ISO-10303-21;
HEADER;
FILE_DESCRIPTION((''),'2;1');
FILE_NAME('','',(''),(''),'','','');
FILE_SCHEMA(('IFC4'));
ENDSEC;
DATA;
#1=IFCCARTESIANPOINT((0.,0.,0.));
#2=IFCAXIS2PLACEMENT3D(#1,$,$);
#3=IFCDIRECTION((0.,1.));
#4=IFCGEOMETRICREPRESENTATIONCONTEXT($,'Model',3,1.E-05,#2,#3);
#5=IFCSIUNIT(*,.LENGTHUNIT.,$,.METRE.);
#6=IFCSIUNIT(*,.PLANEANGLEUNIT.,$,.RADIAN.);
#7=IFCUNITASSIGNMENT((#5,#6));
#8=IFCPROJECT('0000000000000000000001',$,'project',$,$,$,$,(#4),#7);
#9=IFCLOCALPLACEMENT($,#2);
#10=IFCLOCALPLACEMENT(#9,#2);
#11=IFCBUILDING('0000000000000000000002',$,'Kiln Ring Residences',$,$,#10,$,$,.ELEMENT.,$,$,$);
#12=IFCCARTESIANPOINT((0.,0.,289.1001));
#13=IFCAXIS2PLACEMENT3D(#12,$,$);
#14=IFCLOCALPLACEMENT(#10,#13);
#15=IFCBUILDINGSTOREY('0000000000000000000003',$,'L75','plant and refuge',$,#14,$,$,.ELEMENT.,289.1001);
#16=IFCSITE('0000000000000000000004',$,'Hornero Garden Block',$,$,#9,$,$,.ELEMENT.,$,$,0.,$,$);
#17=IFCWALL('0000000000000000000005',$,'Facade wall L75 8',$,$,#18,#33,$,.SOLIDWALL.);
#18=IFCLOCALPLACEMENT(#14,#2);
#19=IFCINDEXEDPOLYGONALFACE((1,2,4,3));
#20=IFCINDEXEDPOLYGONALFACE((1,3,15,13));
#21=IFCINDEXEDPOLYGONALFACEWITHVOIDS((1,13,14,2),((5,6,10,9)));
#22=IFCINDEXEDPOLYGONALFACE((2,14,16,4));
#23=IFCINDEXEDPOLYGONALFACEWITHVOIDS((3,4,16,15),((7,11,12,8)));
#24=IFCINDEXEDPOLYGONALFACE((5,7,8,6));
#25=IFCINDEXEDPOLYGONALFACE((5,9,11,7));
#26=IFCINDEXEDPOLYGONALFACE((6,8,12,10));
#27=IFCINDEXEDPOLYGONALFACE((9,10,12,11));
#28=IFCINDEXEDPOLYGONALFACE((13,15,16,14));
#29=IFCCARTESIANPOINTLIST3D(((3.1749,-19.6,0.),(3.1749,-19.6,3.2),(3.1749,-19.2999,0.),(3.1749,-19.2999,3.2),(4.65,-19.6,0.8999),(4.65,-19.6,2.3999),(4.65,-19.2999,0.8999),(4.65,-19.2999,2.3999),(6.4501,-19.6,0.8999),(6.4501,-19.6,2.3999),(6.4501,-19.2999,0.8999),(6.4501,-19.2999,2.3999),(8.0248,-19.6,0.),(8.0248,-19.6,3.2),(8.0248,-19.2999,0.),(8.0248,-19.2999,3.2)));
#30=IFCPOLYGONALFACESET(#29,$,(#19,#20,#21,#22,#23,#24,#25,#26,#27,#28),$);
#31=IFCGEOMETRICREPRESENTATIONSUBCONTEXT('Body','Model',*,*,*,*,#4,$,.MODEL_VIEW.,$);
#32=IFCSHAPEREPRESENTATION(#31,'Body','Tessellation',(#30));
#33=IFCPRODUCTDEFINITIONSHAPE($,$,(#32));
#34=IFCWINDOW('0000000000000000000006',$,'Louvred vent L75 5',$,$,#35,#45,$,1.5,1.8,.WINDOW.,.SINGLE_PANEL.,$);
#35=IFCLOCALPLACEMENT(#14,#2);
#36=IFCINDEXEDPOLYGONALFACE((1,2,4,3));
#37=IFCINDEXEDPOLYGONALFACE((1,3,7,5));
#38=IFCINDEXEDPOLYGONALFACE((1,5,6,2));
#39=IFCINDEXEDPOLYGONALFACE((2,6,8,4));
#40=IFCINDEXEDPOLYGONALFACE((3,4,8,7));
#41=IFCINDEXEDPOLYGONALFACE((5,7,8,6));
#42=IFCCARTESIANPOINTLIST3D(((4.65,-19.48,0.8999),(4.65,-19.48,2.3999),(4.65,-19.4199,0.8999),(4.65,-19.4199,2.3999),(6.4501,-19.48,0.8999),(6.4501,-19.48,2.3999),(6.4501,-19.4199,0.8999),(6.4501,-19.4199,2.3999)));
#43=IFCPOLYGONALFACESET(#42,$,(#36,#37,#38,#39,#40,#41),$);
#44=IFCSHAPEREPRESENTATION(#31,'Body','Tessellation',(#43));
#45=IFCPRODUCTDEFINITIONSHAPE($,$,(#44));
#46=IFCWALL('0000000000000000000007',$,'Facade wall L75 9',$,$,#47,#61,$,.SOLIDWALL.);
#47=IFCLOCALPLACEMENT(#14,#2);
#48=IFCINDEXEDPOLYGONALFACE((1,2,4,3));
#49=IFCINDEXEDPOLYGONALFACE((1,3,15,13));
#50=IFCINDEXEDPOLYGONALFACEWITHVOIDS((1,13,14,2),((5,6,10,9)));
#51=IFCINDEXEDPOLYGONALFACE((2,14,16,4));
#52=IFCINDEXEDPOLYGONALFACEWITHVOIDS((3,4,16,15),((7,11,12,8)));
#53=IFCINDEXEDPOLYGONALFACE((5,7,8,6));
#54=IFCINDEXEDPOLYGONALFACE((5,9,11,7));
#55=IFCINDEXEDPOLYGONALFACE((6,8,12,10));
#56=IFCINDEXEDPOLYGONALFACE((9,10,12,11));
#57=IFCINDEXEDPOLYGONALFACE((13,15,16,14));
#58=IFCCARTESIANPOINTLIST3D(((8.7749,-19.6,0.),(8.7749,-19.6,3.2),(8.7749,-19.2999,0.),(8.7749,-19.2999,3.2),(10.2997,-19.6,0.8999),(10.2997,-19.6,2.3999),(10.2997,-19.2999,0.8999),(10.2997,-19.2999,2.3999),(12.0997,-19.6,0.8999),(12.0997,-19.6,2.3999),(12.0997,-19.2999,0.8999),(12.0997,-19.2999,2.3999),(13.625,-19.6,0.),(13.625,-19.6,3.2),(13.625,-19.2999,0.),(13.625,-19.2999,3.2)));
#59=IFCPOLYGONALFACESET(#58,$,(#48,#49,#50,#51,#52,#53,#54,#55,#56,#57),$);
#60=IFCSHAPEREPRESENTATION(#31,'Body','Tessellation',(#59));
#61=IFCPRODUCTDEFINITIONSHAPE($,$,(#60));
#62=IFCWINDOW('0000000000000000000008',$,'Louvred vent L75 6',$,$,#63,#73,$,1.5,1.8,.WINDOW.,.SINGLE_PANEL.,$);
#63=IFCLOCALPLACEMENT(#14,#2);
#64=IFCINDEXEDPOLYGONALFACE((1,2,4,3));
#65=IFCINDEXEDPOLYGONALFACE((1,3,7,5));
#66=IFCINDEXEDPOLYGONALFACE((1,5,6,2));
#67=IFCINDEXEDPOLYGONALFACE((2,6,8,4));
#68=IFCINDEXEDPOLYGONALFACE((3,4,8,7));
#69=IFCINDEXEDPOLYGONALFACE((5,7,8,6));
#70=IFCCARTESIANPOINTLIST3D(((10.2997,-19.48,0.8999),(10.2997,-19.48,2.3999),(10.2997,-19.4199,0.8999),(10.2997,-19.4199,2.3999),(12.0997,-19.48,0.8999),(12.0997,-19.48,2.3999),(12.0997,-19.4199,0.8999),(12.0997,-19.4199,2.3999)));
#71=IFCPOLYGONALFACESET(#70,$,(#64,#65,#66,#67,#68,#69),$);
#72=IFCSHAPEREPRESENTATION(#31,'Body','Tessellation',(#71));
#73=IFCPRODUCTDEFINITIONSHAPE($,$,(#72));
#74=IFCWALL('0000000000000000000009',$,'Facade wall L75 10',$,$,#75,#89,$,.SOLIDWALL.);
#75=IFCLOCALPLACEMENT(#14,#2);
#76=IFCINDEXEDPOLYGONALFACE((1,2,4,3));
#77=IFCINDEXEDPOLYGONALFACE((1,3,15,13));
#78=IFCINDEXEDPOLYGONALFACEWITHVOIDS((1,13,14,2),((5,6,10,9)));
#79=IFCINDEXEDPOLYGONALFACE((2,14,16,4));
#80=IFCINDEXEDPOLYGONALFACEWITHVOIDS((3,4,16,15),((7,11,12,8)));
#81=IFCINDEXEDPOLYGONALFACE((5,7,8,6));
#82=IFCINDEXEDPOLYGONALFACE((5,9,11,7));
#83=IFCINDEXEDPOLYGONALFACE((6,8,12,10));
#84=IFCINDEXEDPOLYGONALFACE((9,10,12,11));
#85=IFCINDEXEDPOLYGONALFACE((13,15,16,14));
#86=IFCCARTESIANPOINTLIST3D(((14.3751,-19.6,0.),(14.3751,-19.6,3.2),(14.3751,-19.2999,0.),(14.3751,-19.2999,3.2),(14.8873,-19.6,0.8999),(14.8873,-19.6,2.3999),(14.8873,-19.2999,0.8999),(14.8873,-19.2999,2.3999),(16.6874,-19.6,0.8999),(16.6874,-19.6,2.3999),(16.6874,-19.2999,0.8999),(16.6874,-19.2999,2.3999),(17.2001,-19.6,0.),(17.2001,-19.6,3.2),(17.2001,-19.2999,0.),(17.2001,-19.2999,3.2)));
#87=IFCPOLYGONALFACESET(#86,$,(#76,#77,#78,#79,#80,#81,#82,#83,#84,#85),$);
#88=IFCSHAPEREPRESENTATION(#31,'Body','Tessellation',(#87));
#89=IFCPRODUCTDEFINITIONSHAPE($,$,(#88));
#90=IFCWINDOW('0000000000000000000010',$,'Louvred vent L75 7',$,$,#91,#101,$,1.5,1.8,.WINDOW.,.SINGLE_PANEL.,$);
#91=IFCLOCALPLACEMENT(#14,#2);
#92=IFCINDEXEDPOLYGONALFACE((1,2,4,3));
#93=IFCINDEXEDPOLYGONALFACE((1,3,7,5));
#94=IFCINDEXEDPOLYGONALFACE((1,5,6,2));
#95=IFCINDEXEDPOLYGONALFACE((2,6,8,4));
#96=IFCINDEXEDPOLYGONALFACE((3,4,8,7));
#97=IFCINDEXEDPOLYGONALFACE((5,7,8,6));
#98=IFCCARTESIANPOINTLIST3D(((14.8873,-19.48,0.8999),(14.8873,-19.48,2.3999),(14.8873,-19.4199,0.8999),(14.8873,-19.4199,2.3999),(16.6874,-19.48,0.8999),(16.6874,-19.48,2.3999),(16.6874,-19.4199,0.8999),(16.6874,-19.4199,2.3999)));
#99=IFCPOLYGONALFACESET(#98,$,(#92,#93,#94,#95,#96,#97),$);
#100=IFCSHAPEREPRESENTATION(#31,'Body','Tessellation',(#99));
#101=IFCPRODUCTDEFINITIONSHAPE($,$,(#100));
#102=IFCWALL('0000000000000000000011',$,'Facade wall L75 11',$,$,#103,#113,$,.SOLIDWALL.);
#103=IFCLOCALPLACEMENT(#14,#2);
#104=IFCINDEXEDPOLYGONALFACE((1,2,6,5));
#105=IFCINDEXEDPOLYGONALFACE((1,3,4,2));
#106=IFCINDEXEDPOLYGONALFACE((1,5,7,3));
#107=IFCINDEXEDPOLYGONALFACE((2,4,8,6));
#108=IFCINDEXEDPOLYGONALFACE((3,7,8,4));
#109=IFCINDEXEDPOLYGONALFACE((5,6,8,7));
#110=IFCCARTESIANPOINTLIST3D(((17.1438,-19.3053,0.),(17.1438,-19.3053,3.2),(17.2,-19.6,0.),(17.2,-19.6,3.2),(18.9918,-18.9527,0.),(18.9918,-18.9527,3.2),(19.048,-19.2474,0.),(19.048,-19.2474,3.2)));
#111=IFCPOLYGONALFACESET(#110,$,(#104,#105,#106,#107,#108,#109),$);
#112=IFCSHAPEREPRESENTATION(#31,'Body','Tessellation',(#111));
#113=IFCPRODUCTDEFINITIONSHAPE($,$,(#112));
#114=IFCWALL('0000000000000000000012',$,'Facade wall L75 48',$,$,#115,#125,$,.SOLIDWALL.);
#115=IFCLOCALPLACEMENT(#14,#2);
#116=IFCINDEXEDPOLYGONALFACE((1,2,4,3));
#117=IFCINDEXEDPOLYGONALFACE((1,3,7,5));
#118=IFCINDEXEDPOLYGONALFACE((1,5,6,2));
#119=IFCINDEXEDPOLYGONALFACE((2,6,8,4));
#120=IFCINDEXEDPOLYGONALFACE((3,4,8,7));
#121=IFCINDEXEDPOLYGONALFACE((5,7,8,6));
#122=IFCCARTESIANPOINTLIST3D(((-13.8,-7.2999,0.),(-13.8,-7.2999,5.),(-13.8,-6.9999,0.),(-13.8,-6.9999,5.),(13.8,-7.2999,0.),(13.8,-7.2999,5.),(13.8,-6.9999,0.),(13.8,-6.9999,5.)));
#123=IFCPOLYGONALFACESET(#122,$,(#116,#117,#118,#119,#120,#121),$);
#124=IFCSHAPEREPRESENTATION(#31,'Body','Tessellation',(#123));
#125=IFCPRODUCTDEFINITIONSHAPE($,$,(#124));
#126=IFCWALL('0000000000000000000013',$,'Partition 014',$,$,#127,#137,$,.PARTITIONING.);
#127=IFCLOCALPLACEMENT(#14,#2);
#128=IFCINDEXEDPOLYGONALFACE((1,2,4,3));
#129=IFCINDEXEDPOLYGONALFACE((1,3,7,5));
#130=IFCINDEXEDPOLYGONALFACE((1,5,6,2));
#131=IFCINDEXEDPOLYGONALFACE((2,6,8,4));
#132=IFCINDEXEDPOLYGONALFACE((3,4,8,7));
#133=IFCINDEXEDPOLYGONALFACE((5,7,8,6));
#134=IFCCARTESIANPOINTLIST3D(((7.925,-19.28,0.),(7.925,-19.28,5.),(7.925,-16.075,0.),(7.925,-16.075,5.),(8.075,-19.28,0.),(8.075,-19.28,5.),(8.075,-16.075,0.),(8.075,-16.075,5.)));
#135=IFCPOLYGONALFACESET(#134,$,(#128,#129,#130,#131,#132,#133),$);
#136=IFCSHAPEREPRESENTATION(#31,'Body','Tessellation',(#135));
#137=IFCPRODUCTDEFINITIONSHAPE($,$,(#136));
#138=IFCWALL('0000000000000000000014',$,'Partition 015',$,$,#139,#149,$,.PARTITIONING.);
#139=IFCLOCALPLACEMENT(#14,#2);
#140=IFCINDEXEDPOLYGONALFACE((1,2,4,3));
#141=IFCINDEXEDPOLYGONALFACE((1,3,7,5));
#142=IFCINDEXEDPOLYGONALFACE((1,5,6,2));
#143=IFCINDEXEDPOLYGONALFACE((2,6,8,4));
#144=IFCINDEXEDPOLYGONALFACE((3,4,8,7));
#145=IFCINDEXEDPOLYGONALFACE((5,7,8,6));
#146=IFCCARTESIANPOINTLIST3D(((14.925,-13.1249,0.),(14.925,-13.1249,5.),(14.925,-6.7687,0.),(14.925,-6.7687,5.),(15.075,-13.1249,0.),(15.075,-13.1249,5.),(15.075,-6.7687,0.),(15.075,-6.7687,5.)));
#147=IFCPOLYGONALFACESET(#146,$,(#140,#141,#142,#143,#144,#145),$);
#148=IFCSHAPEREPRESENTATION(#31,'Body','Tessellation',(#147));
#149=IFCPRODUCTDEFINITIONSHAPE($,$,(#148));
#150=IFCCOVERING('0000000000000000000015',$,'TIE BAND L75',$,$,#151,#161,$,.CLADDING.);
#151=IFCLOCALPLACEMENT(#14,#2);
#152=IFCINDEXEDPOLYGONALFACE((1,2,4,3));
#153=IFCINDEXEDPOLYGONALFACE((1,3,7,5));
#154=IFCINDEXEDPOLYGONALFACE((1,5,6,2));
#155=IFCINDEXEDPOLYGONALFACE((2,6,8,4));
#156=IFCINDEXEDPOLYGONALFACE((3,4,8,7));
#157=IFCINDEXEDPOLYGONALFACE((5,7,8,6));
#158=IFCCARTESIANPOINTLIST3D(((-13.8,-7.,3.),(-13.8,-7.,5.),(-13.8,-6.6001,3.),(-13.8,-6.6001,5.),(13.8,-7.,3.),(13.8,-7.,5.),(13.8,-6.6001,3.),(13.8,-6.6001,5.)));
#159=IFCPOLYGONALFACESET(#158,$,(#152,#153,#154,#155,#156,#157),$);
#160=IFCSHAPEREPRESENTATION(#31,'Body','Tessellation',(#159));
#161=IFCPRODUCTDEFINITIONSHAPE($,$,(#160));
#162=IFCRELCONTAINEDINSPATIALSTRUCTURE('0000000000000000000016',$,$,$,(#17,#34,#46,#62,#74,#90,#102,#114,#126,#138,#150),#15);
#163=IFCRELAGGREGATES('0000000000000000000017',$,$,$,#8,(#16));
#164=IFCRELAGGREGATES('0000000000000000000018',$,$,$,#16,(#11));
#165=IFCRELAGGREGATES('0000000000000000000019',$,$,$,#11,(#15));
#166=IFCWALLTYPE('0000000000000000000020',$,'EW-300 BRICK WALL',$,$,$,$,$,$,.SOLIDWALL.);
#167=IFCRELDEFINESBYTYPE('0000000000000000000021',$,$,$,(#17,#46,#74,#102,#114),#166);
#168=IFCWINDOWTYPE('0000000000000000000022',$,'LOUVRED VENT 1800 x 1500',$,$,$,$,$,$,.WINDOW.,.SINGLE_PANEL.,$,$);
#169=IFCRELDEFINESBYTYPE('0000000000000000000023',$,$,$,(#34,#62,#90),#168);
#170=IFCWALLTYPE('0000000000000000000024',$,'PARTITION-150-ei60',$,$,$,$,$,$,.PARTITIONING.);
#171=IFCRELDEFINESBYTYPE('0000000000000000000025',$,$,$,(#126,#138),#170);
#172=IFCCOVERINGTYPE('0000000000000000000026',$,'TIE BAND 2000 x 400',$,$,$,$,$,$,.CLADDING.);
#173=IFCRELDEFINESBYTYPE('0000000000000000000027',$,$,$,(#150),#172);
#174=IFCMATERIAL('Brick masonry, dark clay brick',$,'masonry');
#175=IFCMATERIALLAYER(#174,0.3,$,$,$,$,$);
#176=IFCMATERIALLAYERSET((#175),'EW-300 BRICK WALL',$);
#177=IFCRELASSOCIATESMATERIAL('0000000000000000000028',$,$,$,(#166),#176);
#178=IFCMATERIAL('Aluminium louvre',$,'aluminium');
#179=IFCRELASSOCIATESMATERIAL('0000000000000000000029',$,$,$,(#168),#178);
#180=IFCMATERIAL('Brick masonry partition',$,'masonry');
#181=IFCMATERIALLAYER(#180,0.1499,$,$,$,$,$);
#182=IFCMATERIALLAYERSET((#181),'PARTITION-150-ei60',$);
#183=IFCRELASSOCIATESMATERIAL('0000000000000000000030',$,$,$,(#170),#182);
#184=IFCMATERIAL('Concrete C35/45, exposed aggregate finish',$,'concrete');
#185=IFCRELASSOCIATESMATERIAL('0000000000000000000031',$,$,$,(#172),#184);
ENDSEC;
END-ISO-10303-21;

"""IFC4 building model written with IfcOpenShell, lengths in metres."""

from ifc_helpers import new_model, si_unit, direction, frame, frame_2d, origin, origin_2d, place, context, subcontext, project, spatial, rectangle, extrude, material, layer, layer_set, type_object, element, fill, save


model = new_model("IFC4")

# Units and contexts
model_context = context("Model", 3, precision=1e-05, world=origin(), true_north=direction((0.0, 1.0)))
body_context = subcontext(model_context, "Body", "Model", "MODEL_VIEW")
ifc_project = project(units=[si_unit("LENGTHUNIT", "METRE"), si_unit("PLANEANGLEUNIT", "RADIAN")], contexts=[model_context])

# Site, building, storey
site_placement = place(None, origin())
site = spatial("IfcSite", under=ifc_project, at=site_placement, Name="Hornero Garden Block", CompositionType="ELEMENT", RefElevation=0.0)
building_placement = place(site_placement, origin())
building = spatial("IfcBuilding", under=site, at=building_placement, Name="Kiln Ring Residences", CompositionType="ELEMENT")
storey_placement = place(building_placement, frame((0.0, 0.0, 289.1001)))
storey = spatial("IfcBuildingStorey", under=building, at=storey_placement, Name="L75", Description="plant and refuge", CompositionType="ELEMENT", Elevation=289.1001)

# Walls, openings, windows
ifc_material_1 = material(Name="Brick masonry, dark clay brick", Category="masonry")
ifc_layer_1 = layer(ifc_material_1, 0.3)
ifc_layer_set_1 = layer_set([ifc_layer_1], Name="EW-300 BRICK WALL")
wall_type_1 = type_object("IfcWallType", Name="EW-300 BRICK WALL", PredefinedType="SOLIDWALL", material=ifc_layer_set_1)
wall_1_placement = place(storey_placement, frame((3.175, -19.45, 0.0), z_axis=(0.0, 0.0, 1.0), x_axis=(1.0, 0.0, 0.0)))
wall_1 = element("IfcWall", 1, at=wall_1_placement, inside=storey, type_object=wall_type_1, Name="Facade wall L75 8", PredefinedType="SOLIDWALL", context=body_context, shape_type="SweptSolid", body=[
    extrude(rectangle(XDim=4.8499, YDim=0.3, at=frame_2d((2.4248, 0.0))), origin(), (0.0, 0.0, 1.0), 3.2),
])
opening_1_placement = place(wall_1_placement, frame((1.4751, 0.0, 0.8999)))
opening_1 = element("IfcOpeningElement", 2, at=opening_1_placement, cuts=wall_1, PredefinedType="OPENING", context=body_context, shape_type="SweptSolid", body=[
    extrude(rectangle(XDim=1.8, YDim=1.5, at=frame_2d((0.8999, 0.75))), frame((0.0, 0.1599, 0.0), z_axis=(0.0, -1.0, 0.0), x_axis=(1.0, 0.0, 0.0)), (0.0, 0.0, 1.0), 0.3201),
])
ifc_material_2 = material(Name="Aluminium louvre", Category="aluminium")
window_type = type_object("IfcWindowType", Name="LOUVRED VENT 1800 x 1500", PartitioningType="SINGLE_PANEL", PredefinedType="WINDOW", material=ifc_material_2)
window_1_placement = place(opening_1_placement, origin())
window_1 = element("IfcWindow", 3, at=window_1_placement, inside=storey, type_object=window_type, Name="Louvred vent L75 5", OverallHeight=1.5, OverallWidth=1.8, PartitioningType="SINGLE_PANEL", PredefinedType="WINDOW", context=body_context, shape_type="SweptSolid", body=[
    extrude(rectangle(XDim=1.8, YDim=1.5, at=frame_2d((0.8999, 0.75))), frame((0.0, 0.03, 0.0), z_axis=(0.0, -1.0, 0.0), x_axis=(1.0, 0.0, 0.0)), (0.0, 0.0, 1.0), 0.0601),
])
fill(opening_1, window_1)
wall_2_placement = place(storey_placement, frame((8.7749, -19.45, 0.0), z_axis=(0.0, 0.0, 1.0), x_axis=(1.0, 0.0, 0.0)))
wall_2 = element("IfcWall", 4, at=wall_2_placement, inside=storey, type_object=wall_type_1, Name="Facade wall L75 9", PredefinedType="SOLIDWALL", context=body_context, shape_type="SweptSolid", body=[
    extrude(rectangle(XDim=4.8501, YDim=0.3, at=frame_2d((2.425, 0.0))), origin(), (0.0, 0.0, 1.0), 3.2),
])
opening_2_placement = place(wall_2_placement, frame((1.5249, 0.0, 0.8999)))
opening_2 = element("IfcOpeningElement", 5, at=opening_2_placement, cuts=wall_2, PredefinedType="OPENING", context=body_context, shape_type="SweptSolid", body=[
    extrude(rectangle(XDim=1.8, YDim=1.5, at=frame_2d((0.8999, 0.75))), frame((0.0, 0.1599, 0.0), z_axis=(0.0, -1.0, 0.0), x_axis=(1.0, 0.0, 0.0)), (0.0, 0.0, 1.0), 0.3201),
])
window_2_placement = place(opening_2_placement, origin())
window_2 = element("IfcWindow", 6, at=window_2_placement, inside=storey, type_object=window_type, Name="Louvred vent L75 6", OverallHeight=1.5, OverallWidth=1.8, PartitioningType="SINGLE_PANEL", PredefinedType="WINDOW", context=body_context, shape_type="SweptSolid", body=[
    extrude(rectangle(XDim=1.8, YDim=1.5, at=frame_2d((0.8999, 0.75))), frame((0.0, 0.03, 0.0), z_axis=(0.0, -1.0, 0.0), x_axis=(1.0, 0.0, 0.0)), (0.0, 0.0, 1.0), 0.0601),
])
fill(opening_2, window_2)
wall_3_placement = place(storey_placement, frame((14.375, -19.45, 0.0), z_axis=(0.0, 0.0, 1.0), x_axis=(1.0, 0.0, 0.0)))
wall_3 = element("IfcWall", 7, at=wall_3_placement, inside=storey, type_object=wall_type_1, Name="Facade wall L75 10", PredefinedType="SOLIDWALL", context=body_context, shape_type="SweptSolid", body=[
    extrude(rectangle(XDim=2.825, YDim=0.3, at=frame_2d((1.4126, 0.0))), origin(), (0.0, 0.0, 1.0), 3.2),
])
opening_3_placement = place(wall_3_placement, frame((0.5125, 0.0, 0.8999)))
opening_3 = element("IfcOpeningElement", 8, at=opening_3_placement, cuts=wall_3, PredefinedType="OPENING", context=body_context, shape_type="SweptSolid", body=[
    extrude(rectangle(XDim=1.8, YDim=1.5, at=frame_2d((0.8999, 0.75))), frame((0.0, 0.1599, 0.0), z_axis=(0.0, -1.0, 0.0), x_axis=(1.0, 0.0, 0.0)), (0.0, 0.0, 1.0), 0.3201),
])
window_3_placement = place(opening_3_placement, origin())
window_3 = element("IfcWindow", 9, at=window_3_placement, inside=storey, type_object=window_type, Name="Louvred vent L75 7", OverallHeight=1.5, OverallWidth=1.8, PartitioningType="SINGLE_PANEL", PredefinedType="WINDOW", context=body_context, shape_type="SweptSolid", body=[
    extrude(rectangle(XDim=1.8, YDim=1.5, at=frame_2d((0.8999, 0.75))), frame((0.0, 0.03, 0.0), z_axis=(0.0, -1.0, 0.0), x_axis=(1.0, 0.0, 0.0)), (0.0, 0.0, 1.0), 0.0601),
])
fill(opening_3, window_3)

# Walls
wall_4_placement = place(storey_placement, frame((17.1719, -19.4526, 0.0), z_axis=(0.0, 0.0, 1.0), x_axis=(0.982284, 0.187398, 0.0)))
element("IfcWall", 10, at=wall_4_placement, inside=storey, type_object=wall_type_1, Name="Facade wall L75 11", PredefinedType="SOLIDWALL", context=body_context, shape_type="SweptSolid", body=[
    extrude(rectangle(XDim=1.8813, YDim=0.3, at=frame_2d((0.9407, 0.0))), origin(), (0.0, 0.0, 1.0), 3.2),
])
wall_5_placement = place(storey_placement, frame((13.8, -7.1499, 0.0), z_axis=(0.0, 0.0, 1.0), x_axis=(-1.0, 0.0, 0.0)))
element("IfcWall", 11, at=wall_5_placement, inside=storey, type_object=wall_type_1, Name="Facade wall L75 48", PredefinedType="SOLIDWALL", context=body_context, shape_type="SweptSolid", body=[
    extrude(rectangle(XDim=27.6001, YDim=0.3, at=frame_2d((13.8, 0.0))), origin(), (0.0, 0.0, 1.0), 5.0),
])
ifc_material_3 = material(Name="Brick masonry partition", Category="masonry")
ifc_layer_2 = layer(ifc_material_3, 0.1499)
ifc_layer_set_2 = layer_set([ifc_layer_2], Name="PARTITION-150-ei60")
wall_type_2 = type_object("IfcWallType", Name="PARTITION-150-ei60", PredefinedType="PARTITIONING", material=ifc_layer_set_2)
wall_6_placement = place(storey_placement, frame((8.0, -19.28, 0.0), z_axis=(0.0, 0.0, 1.0), x_axis=(0.0, 1.0, 0.0)))
element("IfcWall", 12, at=wall_6_placement, inside=storey, type_object=wall_type_2, Name="Partition 014", PredefinedType="PARTITIONING", context=body_context, shape_type="SweptSolid", body=[
    extrude(rectangle(XDim=3.2051, YDim=0.1499, at=frame_2d((1.6025, 0.0))), origin(), (0.0, 0.0, 1.0), 5.0),
])
wall_7_placement = place(storey_placement, frame((15.0, -13.125, 0.0), z_axis=(0.0, 0.0, 1.0), x_axis=(0.0, 1.0, 0.0)))
element("IfcWall", 13, at=wall_7_placement, inside=storey, type_object=wall_type_2, Name="Partition 015", PredefinedType="PARTITIONING", context=body_context, shape_type="SweptSolid", body=[
    extrude(rectangle(XDim=6.3562, YDim=0.1499, at=frame_2d((3.1782, 0.0))), origin(), (0.0, 0.0, 1.0), 5.0),
])

# Covering
ifc_material_4 = material(Name="Concrete C35/45, exposed aggregate finish", Category="concrete")
covering_type = type_object("IfcCoveringType", Name="TIE BAND 2000 x 400", PredefinedType="CLADDING", material=ifc_material_4)
covering_placement = place(storey_placement, frame((0.0, -6.8, 3.0), z_axis=(0.0, 0.0, 1.0), x_axis=(-1.0, 0.0, 0.0)))
element("IfcCovering", 14, at=covering_placement, inside=storey, type_object=covering_type, Name="TIE BAND L75", PredefinedType="CLADDING", context=body_context, shape_type="SweptSolid", body=[
    extrude(rectangle(XDim=27.6001, YDim=0.3999, at=origin_2d()), origin(), (0.0, 0.0, 1.0), 2.0),
])

save(model, "model.ifc")
